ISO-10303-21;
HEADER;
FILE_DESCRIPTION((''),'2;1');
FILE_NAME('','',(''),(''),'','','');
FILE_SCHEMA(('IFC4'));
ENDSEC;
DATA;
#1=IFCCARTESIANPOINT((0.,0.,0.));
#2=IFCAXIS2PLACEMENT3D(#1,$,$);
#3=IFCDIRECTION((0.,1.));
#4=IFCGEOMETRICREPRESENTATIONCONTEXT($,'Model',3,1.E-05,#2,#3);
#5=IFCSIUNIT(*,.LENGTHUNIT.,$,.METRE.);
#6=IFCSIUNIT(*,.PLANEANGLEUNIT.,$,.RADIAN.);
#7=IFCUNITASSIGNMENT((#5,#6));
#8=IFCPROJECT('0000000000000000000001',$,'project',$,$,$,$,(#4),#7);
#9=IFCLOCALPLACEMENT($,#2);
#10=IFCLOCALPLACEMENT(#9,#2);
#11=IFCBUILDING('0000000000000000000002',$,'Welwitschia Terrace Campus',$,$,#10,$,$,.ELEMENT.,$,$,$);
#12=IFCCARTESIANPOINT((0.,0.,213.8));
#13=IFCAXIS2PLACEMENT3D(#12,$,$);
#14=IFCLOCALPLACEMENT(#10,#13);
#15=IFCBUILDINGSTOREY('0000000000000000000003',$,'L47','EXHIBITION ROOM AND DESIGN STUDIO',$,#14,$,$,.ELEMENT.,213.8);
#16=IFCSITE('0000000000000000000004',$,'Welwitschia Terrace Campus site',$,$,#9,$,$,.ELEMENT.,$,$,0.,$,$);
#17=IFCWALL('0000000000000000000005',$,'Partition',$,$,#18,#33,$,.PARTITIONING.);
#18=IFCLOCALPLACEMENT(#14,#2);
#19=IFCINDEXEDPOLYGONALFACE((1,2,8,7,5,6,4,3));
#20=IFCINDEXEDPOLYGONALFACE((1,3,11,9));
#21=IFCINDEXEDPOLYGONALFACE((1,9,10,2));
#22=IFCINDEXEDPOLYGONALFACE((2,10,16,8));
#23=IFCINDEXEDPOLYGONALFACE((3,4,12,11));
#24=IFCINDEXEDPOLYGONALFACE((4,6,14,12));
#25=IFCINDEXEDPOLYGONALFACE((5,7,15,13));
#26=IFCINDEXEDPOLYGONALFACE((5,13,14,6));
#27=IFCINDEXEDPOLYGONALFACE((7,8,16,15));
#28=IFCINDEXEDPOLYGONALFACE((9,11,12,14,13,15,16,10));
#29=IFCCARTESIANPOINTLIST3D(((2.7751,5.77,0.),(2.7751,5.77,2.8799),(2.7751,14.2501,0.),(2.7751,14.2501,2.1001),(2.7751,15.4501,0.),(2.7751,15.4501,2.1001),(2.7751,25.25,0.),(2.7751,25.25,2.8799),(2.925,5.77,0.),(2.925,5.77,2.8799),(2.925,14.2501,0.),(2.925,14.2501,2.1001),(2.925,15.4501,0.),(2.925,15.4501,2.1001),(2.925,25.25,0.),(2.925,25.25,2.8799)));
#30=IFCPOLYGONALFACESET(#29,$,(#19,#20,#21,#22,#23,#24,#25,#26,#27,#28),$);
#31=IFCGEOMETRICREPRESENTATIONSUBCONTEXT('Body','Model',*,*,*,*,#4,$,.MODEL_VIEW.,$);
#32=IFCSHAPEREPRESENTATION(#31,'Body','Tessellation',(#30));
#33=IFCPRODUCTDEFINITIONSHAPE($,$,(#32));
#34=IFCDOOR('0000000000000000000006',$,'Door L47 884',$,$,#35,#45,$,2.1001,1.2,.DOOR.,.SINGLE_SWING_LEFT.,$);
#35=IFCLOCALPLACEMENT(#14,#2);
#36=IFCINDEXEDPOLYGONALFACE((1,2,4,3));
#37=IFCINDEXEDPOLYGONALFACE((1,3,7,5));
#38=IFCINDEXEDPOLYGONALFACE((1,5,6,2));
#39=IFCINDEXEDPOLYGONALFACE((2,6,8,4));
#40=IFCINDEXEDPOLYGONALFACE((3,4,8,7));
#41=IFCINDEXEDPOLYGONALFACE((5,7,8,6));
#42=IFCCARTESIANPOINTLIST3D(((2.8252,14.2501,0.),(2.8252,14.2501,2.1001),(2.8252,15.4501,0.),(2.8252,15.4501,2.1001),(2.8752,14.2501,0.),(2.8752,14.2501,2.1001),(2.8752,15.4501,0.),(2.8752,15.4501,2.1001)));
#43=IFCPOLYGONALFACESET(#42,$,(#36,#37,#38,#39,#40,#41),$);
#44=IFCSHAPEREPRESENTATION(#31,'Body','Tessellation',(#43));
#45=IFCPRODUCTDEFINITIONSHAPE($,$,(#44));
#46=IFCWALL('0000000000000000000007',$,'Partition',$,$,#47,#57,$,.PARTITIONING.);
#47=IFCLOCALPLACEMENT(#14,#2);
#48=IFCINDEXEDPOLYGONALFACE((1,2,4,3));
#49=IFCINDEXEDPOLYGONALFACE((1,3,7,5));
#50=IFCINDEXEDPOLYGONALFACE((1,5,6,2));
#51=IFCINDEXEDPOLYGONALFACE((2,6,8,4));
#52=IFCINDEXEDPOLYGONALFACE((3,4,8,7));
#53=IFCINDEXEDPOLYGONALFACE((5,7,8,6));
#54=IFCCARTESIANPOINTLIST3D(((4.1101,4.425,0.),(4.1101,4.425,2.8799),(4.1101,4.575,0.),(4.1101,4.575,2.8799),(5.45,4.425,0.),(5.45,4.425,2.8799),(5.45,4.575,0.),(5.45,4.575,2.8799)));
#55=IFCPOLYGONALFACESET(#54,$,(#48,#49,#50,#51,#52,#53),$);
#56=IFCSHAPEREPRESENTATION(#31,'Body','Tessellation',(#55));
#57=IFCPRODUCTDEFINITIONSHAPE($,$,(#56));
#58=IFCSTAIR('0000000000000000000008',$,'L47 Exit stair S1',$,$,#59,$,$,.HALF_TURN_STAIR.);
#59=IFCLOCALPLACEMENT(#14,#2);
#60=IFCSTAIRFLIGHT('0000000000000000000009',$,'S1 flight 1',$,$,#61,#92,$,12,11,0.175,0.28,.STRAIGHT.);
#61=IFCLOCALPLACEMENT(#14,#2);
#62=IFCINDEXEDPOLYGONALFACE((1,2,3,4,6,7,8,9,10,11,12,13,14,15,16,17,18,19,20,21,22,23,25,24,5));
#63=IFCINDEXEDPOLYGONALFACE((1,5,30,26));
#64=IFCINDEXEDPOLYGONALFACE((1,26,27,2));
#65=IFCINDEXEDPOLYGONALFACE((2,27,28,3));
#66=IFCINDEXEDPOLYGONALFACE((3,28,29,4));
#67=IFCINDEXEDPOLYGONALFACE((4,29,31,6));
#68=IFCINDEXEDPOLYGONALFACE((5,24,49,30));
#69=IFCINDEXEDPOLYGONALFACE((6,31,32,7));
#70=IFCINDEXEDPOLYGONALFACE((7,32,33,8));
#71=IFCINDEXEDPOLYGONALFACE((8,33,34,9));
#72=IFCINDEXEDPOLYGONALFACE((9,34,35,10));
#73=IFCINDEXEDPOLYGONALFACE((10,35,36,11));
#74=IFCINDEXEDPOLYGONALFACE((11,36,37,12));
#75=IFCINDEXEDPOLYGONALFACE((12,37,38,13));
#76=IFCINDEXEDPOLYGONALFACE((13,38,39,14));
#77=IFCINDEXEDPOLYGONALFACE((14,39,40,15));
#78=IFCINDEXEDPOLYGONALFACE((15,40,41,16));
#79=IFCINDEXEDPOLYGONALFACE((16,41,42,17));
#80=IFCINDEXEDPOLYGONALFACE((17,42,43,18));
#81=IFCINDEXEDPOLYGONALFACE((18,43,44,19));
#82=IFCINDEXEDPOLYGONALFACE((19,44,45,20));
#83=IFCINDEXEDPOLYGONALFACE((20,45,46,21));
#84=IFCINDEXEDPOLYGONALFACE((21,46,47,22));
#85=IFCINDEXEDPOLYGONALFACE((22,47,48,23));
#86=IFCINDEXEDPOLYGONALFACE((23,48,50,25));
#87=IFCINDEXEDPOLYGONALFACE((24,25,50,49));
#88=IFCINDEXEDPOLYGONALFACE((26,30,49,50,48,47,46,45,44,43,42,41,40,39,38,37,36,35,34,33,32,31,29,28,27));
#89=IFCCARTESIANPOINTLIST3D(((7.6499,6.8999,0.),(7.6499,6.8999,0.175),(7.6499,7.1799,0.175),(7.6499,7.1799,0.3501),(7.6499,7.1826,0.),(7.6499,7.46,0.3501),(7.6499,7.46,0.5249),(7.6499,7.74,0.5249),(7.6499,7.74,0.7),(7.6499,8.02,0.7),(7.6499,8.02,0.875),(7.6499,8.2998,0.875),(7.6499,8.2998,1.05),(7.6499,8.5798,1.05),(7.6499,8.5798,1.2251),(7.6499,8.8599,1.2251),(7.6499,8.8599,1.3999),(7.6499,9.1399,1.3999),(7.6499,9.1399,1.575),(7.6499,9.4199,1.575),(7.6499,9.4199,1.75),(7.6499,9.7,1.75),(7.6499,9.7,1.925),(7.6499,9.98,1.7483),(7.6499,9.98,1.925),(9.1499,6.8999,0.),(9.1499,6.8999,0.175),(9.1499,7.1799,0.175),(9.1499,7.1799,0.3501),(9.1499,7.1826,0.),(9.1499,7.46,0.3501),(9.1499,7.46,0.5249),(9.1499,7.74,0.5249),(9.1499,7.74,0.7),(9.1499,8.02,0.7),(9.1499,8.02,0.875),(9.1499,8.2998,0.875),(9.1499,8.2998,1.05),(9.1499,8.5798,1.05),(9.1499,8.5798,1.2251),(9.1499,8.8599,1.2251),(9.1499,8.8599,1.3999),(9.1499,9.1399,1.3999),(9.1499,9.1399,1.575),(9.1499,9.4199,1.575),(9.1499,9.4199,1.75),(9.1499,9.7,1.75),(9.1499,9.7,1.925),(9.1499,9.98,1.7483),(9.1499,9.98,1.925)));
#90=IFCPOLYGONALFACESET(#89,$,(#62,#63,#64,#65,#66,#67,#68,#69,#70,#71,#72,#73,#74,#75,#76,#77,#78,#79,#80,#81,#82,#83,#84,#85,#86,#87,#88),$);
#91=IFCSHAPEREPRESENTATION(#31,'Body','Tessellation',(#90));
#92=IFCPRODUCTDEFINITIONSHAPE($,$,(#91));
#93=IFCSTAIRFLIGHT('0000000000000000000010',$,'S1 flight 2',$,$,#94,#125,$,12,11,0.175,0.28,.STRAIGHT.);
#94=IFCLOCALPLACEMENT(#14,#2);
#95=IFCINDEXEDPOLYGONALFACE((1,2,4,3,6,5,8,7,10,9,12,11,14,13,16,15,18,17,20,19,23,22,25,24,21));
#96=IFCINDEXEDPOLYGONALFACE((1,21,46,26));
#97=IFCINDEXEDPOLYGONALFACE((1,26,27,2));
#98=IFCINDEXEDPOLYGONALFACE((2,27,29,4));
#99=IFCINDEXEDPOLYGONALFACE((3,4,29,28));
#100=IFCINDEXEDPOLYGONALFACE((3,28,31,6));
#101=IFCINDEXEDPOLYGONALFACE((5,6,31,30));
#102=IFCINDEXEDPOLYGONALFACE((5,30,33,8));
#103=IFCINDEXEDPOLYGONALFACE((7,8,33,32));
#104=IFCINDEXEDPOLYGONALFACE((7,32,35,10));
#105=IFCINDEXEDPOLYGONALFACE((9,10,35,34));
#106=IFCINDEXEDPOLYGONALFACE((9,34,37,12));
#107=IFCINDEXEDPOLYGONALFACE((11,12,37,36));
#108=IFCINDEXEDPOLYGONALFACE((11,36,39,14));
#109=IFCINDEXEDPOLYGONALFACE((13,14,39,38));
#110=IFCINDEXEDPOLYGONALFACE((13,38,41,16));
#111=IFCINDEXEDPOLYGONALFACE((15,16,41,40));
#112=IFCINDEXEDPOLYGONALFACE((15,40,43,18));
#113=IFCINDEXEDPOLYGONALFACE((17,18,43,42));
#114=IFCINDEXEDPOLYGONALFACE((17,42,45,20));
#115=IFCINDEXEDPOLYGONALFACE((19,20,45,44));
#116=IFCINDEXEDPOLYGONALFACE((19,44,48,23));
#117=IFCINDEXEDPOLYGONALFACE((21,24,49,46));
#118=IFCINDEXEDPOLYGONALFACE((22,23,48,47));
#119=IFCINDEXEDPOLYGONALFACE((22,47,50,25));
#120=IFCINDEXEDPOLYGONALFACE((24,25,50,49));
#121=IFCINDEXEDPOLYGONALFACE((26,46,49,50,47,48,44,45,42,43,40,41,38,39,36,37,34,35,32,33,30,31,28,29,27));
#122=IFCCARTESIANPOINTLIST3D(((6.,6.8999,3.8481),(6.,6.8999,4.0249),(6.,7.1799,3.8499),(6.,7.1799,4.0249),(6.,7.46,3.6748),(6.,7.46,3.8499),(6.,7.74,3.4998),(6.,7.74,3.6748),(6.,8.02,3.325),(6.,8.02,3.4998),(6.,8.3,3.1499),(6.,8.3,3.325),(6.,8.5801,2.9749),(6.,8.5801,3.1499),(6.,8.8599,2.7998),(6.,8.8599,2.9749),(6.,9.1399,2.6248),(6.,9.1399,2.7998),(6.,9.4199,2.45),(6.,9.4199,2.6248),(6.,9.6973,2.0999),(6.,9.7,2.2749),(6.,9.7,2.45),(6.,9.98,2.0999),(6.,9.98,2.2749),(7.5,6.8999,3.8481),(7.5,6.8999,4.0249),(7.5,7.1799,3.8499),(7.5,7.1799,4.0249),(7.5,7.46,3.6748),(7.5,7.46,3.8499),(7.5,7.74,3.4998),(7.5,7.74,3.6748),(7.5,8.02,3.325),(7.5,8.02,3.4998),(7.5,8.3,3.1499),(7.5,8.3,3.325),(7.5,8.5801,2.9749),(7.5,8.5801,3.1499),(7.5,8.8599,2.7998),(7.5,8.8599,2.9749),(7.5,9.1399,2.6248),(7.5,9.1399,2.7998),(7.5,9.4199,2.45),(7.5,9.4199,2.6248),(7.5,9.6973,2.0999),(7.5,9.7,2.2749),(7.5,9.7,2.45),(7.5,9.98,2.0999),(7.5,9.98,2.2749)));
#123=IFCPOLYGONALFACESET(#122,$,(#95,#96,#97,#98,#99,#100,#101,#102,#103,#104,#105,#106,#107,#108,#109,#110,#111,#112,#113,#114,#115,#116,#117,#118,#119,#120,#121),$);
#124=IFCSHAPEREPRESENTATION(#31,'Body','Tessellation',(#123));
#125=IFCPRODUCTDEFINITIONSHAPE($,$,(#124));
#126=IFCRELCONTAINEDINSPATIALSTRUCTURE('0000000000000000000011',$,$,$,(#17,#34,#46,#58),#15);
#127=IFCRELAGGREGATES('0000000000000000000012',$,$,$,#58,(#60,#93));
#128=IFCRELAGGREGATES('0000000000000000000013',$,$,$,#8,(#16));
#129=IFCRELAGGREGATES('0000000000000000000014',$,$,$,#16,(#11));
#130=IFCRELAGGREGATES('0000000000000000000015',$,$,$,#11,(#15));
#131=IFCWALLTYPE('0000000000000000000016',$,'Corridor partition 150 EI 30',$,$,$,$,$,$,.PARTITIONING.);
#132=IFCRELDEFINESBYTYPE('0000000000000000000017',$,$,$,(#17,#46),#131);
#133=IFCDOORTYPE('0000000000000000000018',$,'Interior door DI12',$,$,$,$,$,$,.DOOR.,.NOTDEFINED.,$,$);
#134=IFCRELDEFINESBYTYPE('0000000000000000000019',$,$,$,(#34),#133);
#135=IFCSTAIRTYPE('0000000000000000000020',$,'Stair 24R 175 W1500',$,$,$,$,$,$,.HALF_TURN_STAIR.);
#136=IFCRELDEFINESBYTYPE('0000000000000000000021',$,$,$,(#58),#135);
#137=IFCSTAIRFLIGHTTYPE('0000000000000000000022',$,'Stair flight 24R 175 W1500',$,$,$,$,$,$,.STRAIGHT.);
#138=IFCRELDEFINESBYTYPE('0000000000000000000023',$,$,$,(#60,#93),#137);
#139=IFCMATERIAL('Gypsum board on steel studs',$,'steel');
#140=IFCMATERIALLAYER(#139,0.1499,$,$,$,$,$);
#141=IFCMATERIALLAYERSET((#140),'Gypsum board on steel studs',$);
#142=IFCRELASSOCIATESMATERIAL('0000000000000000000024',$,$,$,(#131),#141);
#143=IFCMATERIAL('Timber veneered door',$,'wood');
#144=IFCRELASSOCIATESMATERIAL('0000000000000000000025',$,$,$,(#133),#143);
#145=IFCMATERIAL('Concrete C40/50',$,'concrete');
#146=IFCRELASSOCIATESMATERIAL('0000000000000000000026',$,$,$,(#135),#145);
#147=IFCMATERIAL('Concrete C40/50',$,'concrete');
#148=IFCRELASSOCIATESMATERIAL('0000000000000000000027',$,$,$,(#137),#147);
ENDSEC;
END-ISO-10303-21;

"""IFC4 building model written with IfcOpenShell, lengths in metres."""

from ifc_helpers import new_model, si_unit, direction, frame, frame_2d, origin, place, context, subcontext, project, spatial, polyline, rectangle, outline, extrude, material, layer, layer_set, type_object, element, fill, aggregate, save


model = new_model("IFC4")

# Units and contexts
model_context = context("Model", 3, precision=1e-05, world=origin(), true_north=direction((0.0, 1.0)))
body_context = subcontext(model_context, "Body", "Model", "MODEL_VIEW")
ifc_project = project(units=[si_unit("LENGTHUNIT", "METRE"), si_unit("PLANEANGLEUNIT", "RADIAN")], contexts=[model_context])

# Site, building, storey
site_placement = place(None, origin())
site = spatial("IfcSite", under=ifc_project, at=site_placement, Name="Welwitschia Terrace Campus site", CompositionType="ELEMENT", RefElevation=0.0)
building_placement = place(site_placement, origin())
building = spatial("IfcBuilding", under=site, at=building_placement, Name="Welwitschia Terrace Campus", CompositionType="ELEMENT")
storey_placement = place(building_placement, frame((0.0, 0.0, 213.8)))
storey = spatial("IfcBuildingStorey", under=building, at=storey_placement, Name="L47", Description="EXHIBITION ROOM AND DESIGN STUDIO", CompositionType="ELEMENT", Elevation=213.8)

# Wall, opening, door
ifc_material_1 = material(Name="Gypsum board on steel studs", Category="steel")
ifc_layer_1 = layer(ifc_material_1, 0.1499)
ifc_layer_set_1 = layer_set([ifc_layer_1], Name="Gypsum board on steel studs")
wall_type_1 = type_object("IfcWallType", Name="Corridor partition 150 EI 30", PredefinedType="PARTITIONING", material=ifc_layer_set_1)
wall_1_placement = place(storey_placement, frame((2.8501, 5.77, 0.0), z_axis=(0.0, 0.0, 1.0), x_axis=(0.0, 1.0, 0.0)))
wall_1 = element("IfcWall", 1, at=wall_1_placement, inside=storey, type_object=wall_type_1, Name="Partition", PredefinedType="PARTITIONING", context=body_context, shape_type="SweptSolid", body=[
    extrude(rectangle(XDim=19.48, YDim=0.1499, at=frame_2d((9.74, 0.0))), origin(), (0.0, 0.0, 1.0), 2.8799),
])
opening_placement = place(wall_1_placement, frame((8.48, 0.0, 0.0)))
opening = element("IfcOpeningElement", 2, at=opening_placement, cuts=wall_1, PredefinedType="OPENING", context=body_context, shape_type="SweptSolid", body=[
    extrude(rectangle(XDim=1.2, YDim=2.1001, at=frame_2d((0.6001, 1.05))), frame((0.0, 0.085, 0.0), z_axis=(0.0, -1.0, 0.0), x_axis=(1.0, 0.0, 0.0)), (0.0, 0.0, 1.0), 0.1699),
])
ifc_material_2 = material(Name="Timber veneered door", Category="wood")
door_type = type_object("IfcDoorType", Name="Interior door DI12", OperationType="NOTDEFINED", PredefinedType="DOOR", material=ifc_material_2)
door_placement = place(opening_placement, origin())
door = element("IfcDoor", 3, at=door_placement, inside=storey, type_object=door_type, Name="Door L47 884", OperationType="SINGLE_SWING_LEFT", OverallHeight=2.1001, OverallWidth=1.2, PredefinedType="DOOR", context=body_context, shape_type="SweptSolid", body=[
    extrude(rectangle(XDim=1.2, YDim=2.1001, at=frame_2d((0.6001, 1.05))), frame((0.0, 0.0249, 0.0), z_axis=(0.0, -1.0, 0.0), x_axis=(1.0, 0.0, 0.0)), (0.0, 0.0, 1.0), 0.05),
])
fill(opening, door)

# Wall
wall_2_placement = place(storey_placement, frame((4.1101, 4.5, 0.0), z_axis=(0.0, 0.0, 1.0), x_axis=(1.0, 0.0, 0.0)))
element("IfcWall", 4, at=wall_2_placement, inside=storey, type_object=wall_type_1, Name="Partition", PredefinedType="PARTITIONING", context=body_context, shape_type="SweptSolid", body=[
    extrude(rectangle(XDim=1.3398, YDim=0.1499, at=frame_2d((0.6699, 0.0))), origin(), (0.0, 0.0, 1.0), 2.8799),
])

# Stair, stair flights
ifc_material_3 = material(Name="Concrete C40/50", Category="concrete")
stair_type = type_object("IfcStairType", Name="Stair 24R 175 W1500", PredefinedType="HALF_TURN_STAIR", material=ifc_material_3)
stair_placement = place(storey_placement, origin())
stair = element("IfcStair", 5, at=stair_placement, inside=storey, type_object=stair_type, Name="L47 Exit stair S1", PredefinedType="HALF_TURN_STAIR")
ifc_material_4 = material(Name="Concrete C40/50", Category="concrete")
stair_flight_type = type_object("IfcStairFlightType", Name="Stair flight 24R 175 W1500", PredefinedType="STRAIGHT", material=ifc_material_4)
stair_flight_1_placement = place(storey_placement, frame((8.3999, 6.8999, 0.0), z_axis=(0.0, 0.0, 1.0), x_axis=(0.0, 1.0, 0.0)))
stair_flight_1 = element("IfcStairFlight", 6, at=stair_flight_1_placement, type_object=stair_flight_type, Name="S1 flight 1", NumberOfRisers=12, NumberOfTreads=11, PredefinedType="STRAIGHT", RiserHeight=0.175, TreadLength=0.28, context=body_context, shape_type="SweptSolid", body=[
    extrude(outline(polyline([(0.0, 0.0), (0.0, 0.175), (0.28, 0.175), (0.28, 0.3501), (0.5601, 0.3501), (0.5601, 0.5249), (0.8401, 0.5249), (0.8401, 0.7), (1.1201, 0.7), (1.1201, 0.875), (1.3999, 0.875), (1.3999, 1.05), (1.6799, 1.05), (1.6799, 1.2251), (1.96, 1.2251), (1.96, 1.3999), (2.24, 1.3999), (2.24, 1.575), (2.52, 1.575), (2.52, 1.75), (2.8, 1.75), (2.8, 1.925), (3.0801, 1.925), (3.0801, 2.1001), (3.0801, 1.7483), (0.2827, 0.0), (0.0, 0.0)])), frame((0.0, 0.75, 0.0), z_axis=(0.0, -1.0, 0.0), x_axis=(1.0, 0.0, 0.0)), (0.0, 0.0, 1.0), 1.5),
])
stair_flight_2_placement = place(storey_placement, frame((6.75, 9.98, 2.0999), z_axis=(0.0, 0.0, 1.0), x_axis=(0.0, -1.0, 0.0)))
stair_flight_2 = element("IfcStairFlight", 7, at=stair_flight_2_placement, type_object=stair_flight_type, Name="S1 flight 2", NumberOfRisers=12, NumberOfTreads=11, PredefinedType="STRAIGHT", RiserHeight=0.175, TreadLength=0.28, context=body_context, shape_type="SweptSolid", body=[
    extrude(outline(polyline([(0.0, 0.0), (0.0, 0.175), (0.28, 0.175), (0.28, 0.3501), (0.5601, 0.3501), (0.5601, 0.5249), (0.8401, 0.5249), (0.8401, 0.7), (1.1201, 0.7), (1.1201, 0.875), (1.3999, 0.875), (1.3999, 1.05), (1.6799, 1.05), (1.6799, 1.2251), (1.96, 1.2251), (1.96, 1.3999), (2.24, 1.3999), (2.24, 1.575), (2.52, 1.575), (2.52, 1.75), (2.8, 1.75), (2.8, 1.925), (3.0801, 1.925), (3.0801, 2.1001), (3.0801, 1.7483), (0.2827, 0.0), (0.0, 0.0)])), frame((0.0, 0.75, 0.0), z_axis=(0.0, -1.0, 0.0), x_axis=(1.0, 0.0, 0.0)), (0.0, 0.0, 1.0), 1.5),
])
aggregate(stair, [stair_flight_1, stair_flight_2])

save(model, "model.ifc")
